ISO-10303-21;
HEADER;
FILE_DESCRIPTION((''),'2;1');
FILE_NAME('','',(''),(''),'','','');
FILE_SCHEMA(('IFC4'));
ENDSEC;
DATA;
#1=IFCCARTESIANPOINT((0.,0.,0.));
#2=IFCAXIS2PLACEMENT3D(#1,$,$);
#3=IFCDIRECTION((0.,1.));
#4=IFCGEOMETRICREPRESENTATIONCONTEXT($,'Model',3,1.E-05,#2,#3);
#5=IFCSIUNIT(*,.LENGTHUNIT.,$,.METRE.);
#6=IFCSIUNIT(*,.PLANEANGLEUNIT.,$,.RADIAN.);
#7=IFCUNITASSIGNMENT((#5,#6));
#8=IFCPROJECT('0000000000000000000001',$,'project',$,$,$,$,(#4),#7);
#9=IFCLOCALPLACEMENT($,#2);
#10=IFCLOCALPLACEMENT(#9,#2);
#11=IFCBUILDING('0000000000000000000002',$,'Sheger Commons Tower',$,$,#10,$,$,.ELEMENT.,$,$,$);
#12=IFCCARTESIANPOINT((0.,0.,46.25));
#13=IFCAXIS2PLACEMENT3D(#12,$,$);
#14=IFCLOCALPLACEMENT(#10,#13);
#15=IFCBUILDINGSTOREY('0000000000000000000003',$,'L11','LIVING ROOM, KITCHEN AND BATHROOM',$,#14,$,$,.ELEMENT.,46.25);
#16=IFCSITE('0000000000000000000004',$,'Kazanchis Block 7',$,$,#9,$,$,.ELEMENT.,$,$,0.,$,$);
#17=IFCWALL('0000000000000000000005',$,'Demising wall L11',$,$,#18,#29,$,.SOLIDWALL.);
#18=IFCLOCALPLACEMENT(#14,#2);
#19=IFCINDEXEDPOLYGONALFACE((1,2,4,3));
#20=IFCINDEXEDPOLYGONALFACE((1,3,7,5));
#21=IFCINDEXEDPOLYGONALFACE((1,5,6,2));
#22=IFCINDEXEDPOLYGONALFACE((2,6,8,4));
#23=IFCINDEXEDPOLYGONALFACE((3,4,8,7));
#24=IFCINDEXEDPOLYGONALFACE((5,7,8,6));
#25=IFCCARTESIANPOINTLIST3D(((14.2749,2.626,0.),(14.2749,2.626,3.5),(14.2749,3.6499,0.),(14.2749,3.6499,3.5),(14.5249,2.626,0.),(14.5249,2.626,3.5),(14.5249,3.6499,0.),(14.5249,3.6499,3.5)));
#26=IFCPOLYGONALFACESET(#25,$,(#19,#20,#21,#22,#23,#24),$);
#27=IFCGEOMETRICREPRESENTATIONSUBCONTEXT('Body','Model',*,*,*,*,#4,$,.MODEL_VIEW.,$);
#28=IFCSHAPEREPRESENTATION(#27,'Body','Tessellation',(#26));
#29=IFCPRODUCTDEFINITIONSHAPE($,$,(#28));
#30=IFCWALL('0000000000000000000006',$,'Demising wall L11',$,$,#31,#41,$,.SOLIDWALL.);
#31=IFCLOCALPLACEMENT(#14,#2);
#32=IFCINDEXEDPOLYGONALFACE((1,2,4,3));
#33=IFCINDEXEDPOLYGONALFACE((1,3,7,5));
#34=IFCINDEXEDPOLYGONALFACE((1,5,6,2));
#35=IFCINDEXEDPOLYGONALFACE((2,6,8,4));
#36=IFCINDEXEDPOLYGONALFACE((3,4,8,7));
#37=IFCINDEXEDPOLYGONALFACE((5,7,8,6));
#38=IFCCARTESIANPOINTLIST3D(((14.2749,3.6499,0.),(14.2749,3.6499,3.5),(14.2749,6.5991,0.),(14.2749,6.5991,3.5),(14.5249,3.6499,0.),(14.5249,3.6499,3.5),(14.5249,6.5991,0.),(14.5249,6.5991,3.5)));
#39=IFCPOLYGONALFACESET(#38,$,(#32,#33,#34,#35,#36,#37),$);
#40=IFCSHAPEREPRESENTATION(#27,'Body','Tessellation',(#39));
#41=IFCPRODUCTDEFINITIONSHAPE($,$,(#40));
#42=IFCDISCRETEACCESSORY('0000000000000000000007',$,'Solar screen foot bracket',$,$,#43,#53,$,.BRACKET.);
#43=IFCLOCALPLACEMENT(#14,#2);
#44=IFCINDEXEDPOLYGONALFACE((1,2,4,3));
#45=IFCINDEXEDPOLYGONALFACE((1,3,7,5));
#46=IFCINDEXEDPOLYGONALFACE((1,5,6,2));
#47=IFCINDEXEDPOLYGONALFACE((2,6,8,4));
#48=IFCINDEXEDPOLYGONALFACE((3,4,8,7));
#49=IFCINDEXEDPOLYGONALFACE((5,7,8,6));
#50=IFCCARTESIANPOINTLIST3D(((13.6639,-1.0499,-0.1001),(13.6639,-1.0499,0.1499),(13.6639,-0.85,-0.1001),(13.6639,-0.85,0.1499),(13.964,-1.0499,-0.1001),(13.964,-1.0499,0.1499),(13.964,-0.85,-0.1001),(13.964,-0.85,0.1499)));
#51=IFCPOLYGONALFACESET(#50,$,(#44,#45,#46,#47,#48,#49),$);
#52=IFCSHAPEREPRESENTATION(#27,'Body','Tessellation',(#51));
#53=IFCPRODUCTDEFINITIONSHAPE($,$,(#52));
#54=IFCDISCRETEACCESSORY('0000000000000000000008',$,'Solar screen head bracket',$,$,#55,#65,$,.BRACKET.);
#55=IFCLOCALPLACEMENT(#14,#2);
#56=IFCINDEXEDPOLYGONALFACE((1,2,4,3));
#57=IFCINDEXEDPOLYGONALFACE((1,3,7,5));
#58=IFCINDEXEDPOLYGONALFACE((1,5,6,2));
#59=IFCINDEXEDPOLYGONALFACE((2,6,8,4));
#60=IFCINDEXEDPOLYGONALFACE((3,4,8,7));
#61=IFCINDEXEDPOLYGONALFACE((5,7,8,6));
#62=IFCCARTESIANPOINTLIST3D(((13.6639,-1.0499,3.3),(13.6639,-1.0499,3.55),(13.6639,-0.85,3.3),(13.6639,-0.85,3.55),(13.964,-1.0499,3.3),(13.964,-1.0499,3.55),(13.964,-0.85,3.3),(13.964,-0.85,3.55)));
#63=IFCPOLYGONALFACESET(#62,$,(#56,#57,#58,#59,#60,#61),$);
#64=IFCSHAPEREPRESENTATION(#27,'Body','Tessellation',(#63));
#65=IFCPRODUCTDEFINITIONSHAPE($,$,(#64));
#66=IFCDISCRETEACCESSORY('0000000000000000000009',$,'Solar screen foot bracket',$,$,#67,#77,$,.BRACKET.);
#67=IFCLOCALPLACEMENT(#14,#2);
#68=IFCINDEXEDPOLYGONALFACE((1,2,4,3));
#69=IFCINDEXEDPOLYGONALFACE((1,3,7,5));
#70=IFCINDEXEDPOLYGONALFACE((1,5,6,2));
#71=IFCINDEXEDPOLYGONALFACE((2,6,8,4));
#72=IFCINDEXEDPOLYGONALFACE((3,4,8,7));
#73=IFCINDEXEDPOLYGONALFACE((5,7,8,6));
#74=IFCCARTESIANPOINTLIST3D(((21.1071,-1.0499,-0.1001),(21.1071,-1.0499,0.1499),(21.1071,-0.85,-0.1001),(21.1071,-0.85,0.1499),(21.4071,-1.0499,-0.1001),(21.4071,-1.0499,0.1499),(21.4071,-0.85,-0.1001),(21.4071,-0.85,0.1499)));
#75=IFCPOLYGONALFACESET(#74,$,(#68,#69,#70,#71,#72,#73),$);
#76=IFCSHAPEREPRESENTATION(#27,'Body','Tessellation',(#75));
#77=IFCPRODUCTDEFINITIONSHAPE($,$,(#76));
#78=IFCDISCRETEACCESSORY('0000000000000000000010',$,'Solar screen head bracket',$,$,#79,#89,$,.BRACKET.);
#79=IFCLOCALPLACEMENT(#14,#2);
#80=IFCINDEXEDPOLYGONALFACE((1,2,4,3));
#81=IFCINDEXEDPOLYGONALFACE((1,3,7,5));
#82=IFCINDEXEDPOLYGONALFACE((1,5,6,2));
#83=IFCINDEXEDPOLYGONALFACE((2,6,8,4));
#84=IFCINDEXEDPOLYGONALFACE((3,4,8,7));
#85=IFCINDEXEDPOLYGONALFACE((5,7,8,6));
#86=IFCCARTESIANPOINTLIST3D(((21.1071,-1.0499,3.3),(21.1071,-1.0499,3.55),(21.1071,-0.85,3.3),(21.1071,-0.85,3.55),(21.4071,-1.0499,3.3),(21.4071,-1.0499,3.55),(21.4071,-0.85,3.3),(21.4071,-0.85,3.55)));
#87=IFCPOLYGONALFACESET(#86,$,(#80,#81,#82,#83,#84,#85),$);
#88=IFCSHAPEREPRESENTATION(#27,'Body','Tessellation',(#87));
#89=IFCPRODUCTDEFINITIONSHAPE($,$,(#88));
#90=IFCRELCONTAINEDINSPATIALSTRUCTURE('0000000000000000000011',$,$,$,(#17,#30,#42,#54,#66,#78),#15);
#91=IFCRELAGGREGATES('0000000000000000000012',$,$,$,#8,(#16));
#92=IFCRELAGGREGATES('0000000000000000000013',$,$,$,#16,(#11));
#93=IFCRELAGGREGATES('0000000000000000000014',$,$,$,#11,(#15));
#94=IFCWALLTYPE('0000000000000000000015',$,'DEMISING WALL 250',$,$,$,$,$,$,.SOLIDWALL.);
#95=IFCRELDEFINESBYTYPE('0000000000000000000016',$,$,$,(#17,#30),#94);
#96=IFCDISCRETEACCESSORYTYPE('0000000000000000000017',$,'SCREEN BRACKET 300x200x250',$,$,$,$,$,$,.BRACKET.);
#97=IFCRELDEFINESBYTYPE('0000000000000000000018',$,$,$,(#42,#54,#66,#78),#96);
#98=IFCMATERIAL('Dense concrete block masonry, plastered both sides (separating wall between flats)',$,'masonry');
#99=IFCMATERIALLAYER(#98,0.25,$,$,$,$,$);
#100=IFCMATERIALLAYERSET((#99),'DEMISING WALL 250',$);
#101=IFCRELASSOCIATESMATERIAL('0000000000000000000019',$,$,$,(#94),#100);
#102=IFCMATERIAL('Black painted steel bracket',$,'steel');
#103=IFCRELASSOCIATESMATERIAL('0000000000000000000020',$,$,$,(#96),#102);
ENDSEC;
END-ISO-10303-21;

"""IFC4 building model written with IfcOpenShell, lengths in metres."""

from ifc_helpers import new_model, si_unit, direction, frame, frame_2d, origin, origin_2d, place, context, subcontext, project, spatial, rectangle, extrude, material, layer, layer_set, type_object, element, save


model = new_model("IFC4")

# Units and contexts
model_context = context("Model", 3, precision=1e-05, world=origin(), true_north=direction((0.0, 1.0)))
body_context = subcontext(model_context, "Body", "Model", "MODEL_VIEW")
ifc_project = project(units=[si_unit("LENGTHUNIT", "METRE"), si_unit("PLANEANGLEUNIT", "RADIAN")], contexts=[model_context])

# Site, building, storey
site_placement = place(None, origin())
site = spatial("IfcSite", under=ifc_project, at=site_placement, Name="Kazanchis Block 7", CompositionType="ELEMENT", RefElevation=0.0)
building_placement = place(site_placement, origin())
building = spatial("IfcBuilding", under=site, at=building_placement, Name="Sheger Commons Tower", CompositionType="ELEMENT")
storey_placement = place(building_placement, frame((0.0, 0.0, 46.25)))
storey = spatial("IfcBuildingStorey", under=building, at=storey_placement, Name="L11", Description="LIVING ROOM, KITCHEN AND BATHROOM", CompositionType="ELEMENT", Elevation=46.25)

# Walls
ifc_material_1 = material(Name="Dense concrete block masonry, plastered both sides (separating wall between flats)", Category="masonry")
ifc_layer_1 = layer(ifc_material_1, 0.25)
ifc_layer_set_1 = layer_set([ifc_layer_1], Name="DEMISING WALL 250")
wall_type_1 = type_object("IfcWallType", Name="DEMISING WALL 250", PredefinedType="SOLIDWALL", material=ifc_layer_set_1)
wall_1_placement = place(storey_placement, frame((14.3999, 2.626, 0.0), z_axis=(0.0, 0.0, 1.0), x_axis=(0.0, 1.0, 0.0)))
element("IfcWall", 1, at=wall_1_placement, inside=storey, type_object=wall_type_1, Name="Demising wall L11", PredefinedType="SOLIDWALL", context=body_context, shape_type="SweptSolid", body=[
    extrude(rectangle(XDim=1.0239, YDim=0.25, at=frame_2d((0.512, 0.0))), origin(), (0.0, 0.0, 1.0), 3.5),
])
wall_2_placement = place(storey_placement, frame((14.3999, 3.6499, 0.0), z_axis=(0.0, 0.0, 1.0), x_axis=(0.0, 1.0, 0.0)))
element("IfcWall", 2, at=wall_2_placement, inside=storey, type_object=wall_type_1, Name="Demising wall L11", PredefinedType="SOLIDWALL", context=body_context, shape_type="SweptSolid", body=[
    extrude(rectangle(XDim=2.9492, YDim=0.25, at=frame_2d((1.4746, 0.0))), origin(), (0.0, 0.0, 1.0), 3.5),
])

# Discrete accessories
ifc_material_2 = material(Name="Black painted steel bracket", Category="steel")
discrete_accessory_type = type_object("IfcDiscreteAccessoryType", Name="SCREEN BRACKET 300x200x250", PredefinedType="BRACKET", material=ifc_material_2)
for number, where, z_axis, x_axis, name in (
    (3, (13.814, -0.95, -0.1001), (0.0, 0.0, 1.0), (1.0, 0.0, 0.0), "Solar screen foot bracket"),
    (4, (13.814, -0.95, 3.3), (0.0, 0.0, 1.0), (1.0, 0.0, 0.0), "Solar screen head bracket"),
    (5, (21.2571, -0.95, -0.1001), (0.0, 0.0, 1.0), (1.0, 0.0, 0.0), "Solar screen foot bracket"),
    (6, (21.2571, -0.95, 3.3), (0.0, 0.0, 1.0), (1.0, 0.0, 0.0), "Solar screen head bracket"),
):
    element("IfcDiscreteAccessory", number, at=place(storey_placement, frame(where, z_axis=z_axis, x_axis=x_axis)), inside=storey, type_object=discrete_accessory_type, Name=name, PredefinedType="BRACKET", context=body_context, shape_type="SweptSolid", body=[
        extrude(rectangle(XDim=0.3, YDim=0.2, at=origin_2d()), origin(), (0.0, 0.0, 1.0), 0.25),
    ])

save(model, "model.ifc")
